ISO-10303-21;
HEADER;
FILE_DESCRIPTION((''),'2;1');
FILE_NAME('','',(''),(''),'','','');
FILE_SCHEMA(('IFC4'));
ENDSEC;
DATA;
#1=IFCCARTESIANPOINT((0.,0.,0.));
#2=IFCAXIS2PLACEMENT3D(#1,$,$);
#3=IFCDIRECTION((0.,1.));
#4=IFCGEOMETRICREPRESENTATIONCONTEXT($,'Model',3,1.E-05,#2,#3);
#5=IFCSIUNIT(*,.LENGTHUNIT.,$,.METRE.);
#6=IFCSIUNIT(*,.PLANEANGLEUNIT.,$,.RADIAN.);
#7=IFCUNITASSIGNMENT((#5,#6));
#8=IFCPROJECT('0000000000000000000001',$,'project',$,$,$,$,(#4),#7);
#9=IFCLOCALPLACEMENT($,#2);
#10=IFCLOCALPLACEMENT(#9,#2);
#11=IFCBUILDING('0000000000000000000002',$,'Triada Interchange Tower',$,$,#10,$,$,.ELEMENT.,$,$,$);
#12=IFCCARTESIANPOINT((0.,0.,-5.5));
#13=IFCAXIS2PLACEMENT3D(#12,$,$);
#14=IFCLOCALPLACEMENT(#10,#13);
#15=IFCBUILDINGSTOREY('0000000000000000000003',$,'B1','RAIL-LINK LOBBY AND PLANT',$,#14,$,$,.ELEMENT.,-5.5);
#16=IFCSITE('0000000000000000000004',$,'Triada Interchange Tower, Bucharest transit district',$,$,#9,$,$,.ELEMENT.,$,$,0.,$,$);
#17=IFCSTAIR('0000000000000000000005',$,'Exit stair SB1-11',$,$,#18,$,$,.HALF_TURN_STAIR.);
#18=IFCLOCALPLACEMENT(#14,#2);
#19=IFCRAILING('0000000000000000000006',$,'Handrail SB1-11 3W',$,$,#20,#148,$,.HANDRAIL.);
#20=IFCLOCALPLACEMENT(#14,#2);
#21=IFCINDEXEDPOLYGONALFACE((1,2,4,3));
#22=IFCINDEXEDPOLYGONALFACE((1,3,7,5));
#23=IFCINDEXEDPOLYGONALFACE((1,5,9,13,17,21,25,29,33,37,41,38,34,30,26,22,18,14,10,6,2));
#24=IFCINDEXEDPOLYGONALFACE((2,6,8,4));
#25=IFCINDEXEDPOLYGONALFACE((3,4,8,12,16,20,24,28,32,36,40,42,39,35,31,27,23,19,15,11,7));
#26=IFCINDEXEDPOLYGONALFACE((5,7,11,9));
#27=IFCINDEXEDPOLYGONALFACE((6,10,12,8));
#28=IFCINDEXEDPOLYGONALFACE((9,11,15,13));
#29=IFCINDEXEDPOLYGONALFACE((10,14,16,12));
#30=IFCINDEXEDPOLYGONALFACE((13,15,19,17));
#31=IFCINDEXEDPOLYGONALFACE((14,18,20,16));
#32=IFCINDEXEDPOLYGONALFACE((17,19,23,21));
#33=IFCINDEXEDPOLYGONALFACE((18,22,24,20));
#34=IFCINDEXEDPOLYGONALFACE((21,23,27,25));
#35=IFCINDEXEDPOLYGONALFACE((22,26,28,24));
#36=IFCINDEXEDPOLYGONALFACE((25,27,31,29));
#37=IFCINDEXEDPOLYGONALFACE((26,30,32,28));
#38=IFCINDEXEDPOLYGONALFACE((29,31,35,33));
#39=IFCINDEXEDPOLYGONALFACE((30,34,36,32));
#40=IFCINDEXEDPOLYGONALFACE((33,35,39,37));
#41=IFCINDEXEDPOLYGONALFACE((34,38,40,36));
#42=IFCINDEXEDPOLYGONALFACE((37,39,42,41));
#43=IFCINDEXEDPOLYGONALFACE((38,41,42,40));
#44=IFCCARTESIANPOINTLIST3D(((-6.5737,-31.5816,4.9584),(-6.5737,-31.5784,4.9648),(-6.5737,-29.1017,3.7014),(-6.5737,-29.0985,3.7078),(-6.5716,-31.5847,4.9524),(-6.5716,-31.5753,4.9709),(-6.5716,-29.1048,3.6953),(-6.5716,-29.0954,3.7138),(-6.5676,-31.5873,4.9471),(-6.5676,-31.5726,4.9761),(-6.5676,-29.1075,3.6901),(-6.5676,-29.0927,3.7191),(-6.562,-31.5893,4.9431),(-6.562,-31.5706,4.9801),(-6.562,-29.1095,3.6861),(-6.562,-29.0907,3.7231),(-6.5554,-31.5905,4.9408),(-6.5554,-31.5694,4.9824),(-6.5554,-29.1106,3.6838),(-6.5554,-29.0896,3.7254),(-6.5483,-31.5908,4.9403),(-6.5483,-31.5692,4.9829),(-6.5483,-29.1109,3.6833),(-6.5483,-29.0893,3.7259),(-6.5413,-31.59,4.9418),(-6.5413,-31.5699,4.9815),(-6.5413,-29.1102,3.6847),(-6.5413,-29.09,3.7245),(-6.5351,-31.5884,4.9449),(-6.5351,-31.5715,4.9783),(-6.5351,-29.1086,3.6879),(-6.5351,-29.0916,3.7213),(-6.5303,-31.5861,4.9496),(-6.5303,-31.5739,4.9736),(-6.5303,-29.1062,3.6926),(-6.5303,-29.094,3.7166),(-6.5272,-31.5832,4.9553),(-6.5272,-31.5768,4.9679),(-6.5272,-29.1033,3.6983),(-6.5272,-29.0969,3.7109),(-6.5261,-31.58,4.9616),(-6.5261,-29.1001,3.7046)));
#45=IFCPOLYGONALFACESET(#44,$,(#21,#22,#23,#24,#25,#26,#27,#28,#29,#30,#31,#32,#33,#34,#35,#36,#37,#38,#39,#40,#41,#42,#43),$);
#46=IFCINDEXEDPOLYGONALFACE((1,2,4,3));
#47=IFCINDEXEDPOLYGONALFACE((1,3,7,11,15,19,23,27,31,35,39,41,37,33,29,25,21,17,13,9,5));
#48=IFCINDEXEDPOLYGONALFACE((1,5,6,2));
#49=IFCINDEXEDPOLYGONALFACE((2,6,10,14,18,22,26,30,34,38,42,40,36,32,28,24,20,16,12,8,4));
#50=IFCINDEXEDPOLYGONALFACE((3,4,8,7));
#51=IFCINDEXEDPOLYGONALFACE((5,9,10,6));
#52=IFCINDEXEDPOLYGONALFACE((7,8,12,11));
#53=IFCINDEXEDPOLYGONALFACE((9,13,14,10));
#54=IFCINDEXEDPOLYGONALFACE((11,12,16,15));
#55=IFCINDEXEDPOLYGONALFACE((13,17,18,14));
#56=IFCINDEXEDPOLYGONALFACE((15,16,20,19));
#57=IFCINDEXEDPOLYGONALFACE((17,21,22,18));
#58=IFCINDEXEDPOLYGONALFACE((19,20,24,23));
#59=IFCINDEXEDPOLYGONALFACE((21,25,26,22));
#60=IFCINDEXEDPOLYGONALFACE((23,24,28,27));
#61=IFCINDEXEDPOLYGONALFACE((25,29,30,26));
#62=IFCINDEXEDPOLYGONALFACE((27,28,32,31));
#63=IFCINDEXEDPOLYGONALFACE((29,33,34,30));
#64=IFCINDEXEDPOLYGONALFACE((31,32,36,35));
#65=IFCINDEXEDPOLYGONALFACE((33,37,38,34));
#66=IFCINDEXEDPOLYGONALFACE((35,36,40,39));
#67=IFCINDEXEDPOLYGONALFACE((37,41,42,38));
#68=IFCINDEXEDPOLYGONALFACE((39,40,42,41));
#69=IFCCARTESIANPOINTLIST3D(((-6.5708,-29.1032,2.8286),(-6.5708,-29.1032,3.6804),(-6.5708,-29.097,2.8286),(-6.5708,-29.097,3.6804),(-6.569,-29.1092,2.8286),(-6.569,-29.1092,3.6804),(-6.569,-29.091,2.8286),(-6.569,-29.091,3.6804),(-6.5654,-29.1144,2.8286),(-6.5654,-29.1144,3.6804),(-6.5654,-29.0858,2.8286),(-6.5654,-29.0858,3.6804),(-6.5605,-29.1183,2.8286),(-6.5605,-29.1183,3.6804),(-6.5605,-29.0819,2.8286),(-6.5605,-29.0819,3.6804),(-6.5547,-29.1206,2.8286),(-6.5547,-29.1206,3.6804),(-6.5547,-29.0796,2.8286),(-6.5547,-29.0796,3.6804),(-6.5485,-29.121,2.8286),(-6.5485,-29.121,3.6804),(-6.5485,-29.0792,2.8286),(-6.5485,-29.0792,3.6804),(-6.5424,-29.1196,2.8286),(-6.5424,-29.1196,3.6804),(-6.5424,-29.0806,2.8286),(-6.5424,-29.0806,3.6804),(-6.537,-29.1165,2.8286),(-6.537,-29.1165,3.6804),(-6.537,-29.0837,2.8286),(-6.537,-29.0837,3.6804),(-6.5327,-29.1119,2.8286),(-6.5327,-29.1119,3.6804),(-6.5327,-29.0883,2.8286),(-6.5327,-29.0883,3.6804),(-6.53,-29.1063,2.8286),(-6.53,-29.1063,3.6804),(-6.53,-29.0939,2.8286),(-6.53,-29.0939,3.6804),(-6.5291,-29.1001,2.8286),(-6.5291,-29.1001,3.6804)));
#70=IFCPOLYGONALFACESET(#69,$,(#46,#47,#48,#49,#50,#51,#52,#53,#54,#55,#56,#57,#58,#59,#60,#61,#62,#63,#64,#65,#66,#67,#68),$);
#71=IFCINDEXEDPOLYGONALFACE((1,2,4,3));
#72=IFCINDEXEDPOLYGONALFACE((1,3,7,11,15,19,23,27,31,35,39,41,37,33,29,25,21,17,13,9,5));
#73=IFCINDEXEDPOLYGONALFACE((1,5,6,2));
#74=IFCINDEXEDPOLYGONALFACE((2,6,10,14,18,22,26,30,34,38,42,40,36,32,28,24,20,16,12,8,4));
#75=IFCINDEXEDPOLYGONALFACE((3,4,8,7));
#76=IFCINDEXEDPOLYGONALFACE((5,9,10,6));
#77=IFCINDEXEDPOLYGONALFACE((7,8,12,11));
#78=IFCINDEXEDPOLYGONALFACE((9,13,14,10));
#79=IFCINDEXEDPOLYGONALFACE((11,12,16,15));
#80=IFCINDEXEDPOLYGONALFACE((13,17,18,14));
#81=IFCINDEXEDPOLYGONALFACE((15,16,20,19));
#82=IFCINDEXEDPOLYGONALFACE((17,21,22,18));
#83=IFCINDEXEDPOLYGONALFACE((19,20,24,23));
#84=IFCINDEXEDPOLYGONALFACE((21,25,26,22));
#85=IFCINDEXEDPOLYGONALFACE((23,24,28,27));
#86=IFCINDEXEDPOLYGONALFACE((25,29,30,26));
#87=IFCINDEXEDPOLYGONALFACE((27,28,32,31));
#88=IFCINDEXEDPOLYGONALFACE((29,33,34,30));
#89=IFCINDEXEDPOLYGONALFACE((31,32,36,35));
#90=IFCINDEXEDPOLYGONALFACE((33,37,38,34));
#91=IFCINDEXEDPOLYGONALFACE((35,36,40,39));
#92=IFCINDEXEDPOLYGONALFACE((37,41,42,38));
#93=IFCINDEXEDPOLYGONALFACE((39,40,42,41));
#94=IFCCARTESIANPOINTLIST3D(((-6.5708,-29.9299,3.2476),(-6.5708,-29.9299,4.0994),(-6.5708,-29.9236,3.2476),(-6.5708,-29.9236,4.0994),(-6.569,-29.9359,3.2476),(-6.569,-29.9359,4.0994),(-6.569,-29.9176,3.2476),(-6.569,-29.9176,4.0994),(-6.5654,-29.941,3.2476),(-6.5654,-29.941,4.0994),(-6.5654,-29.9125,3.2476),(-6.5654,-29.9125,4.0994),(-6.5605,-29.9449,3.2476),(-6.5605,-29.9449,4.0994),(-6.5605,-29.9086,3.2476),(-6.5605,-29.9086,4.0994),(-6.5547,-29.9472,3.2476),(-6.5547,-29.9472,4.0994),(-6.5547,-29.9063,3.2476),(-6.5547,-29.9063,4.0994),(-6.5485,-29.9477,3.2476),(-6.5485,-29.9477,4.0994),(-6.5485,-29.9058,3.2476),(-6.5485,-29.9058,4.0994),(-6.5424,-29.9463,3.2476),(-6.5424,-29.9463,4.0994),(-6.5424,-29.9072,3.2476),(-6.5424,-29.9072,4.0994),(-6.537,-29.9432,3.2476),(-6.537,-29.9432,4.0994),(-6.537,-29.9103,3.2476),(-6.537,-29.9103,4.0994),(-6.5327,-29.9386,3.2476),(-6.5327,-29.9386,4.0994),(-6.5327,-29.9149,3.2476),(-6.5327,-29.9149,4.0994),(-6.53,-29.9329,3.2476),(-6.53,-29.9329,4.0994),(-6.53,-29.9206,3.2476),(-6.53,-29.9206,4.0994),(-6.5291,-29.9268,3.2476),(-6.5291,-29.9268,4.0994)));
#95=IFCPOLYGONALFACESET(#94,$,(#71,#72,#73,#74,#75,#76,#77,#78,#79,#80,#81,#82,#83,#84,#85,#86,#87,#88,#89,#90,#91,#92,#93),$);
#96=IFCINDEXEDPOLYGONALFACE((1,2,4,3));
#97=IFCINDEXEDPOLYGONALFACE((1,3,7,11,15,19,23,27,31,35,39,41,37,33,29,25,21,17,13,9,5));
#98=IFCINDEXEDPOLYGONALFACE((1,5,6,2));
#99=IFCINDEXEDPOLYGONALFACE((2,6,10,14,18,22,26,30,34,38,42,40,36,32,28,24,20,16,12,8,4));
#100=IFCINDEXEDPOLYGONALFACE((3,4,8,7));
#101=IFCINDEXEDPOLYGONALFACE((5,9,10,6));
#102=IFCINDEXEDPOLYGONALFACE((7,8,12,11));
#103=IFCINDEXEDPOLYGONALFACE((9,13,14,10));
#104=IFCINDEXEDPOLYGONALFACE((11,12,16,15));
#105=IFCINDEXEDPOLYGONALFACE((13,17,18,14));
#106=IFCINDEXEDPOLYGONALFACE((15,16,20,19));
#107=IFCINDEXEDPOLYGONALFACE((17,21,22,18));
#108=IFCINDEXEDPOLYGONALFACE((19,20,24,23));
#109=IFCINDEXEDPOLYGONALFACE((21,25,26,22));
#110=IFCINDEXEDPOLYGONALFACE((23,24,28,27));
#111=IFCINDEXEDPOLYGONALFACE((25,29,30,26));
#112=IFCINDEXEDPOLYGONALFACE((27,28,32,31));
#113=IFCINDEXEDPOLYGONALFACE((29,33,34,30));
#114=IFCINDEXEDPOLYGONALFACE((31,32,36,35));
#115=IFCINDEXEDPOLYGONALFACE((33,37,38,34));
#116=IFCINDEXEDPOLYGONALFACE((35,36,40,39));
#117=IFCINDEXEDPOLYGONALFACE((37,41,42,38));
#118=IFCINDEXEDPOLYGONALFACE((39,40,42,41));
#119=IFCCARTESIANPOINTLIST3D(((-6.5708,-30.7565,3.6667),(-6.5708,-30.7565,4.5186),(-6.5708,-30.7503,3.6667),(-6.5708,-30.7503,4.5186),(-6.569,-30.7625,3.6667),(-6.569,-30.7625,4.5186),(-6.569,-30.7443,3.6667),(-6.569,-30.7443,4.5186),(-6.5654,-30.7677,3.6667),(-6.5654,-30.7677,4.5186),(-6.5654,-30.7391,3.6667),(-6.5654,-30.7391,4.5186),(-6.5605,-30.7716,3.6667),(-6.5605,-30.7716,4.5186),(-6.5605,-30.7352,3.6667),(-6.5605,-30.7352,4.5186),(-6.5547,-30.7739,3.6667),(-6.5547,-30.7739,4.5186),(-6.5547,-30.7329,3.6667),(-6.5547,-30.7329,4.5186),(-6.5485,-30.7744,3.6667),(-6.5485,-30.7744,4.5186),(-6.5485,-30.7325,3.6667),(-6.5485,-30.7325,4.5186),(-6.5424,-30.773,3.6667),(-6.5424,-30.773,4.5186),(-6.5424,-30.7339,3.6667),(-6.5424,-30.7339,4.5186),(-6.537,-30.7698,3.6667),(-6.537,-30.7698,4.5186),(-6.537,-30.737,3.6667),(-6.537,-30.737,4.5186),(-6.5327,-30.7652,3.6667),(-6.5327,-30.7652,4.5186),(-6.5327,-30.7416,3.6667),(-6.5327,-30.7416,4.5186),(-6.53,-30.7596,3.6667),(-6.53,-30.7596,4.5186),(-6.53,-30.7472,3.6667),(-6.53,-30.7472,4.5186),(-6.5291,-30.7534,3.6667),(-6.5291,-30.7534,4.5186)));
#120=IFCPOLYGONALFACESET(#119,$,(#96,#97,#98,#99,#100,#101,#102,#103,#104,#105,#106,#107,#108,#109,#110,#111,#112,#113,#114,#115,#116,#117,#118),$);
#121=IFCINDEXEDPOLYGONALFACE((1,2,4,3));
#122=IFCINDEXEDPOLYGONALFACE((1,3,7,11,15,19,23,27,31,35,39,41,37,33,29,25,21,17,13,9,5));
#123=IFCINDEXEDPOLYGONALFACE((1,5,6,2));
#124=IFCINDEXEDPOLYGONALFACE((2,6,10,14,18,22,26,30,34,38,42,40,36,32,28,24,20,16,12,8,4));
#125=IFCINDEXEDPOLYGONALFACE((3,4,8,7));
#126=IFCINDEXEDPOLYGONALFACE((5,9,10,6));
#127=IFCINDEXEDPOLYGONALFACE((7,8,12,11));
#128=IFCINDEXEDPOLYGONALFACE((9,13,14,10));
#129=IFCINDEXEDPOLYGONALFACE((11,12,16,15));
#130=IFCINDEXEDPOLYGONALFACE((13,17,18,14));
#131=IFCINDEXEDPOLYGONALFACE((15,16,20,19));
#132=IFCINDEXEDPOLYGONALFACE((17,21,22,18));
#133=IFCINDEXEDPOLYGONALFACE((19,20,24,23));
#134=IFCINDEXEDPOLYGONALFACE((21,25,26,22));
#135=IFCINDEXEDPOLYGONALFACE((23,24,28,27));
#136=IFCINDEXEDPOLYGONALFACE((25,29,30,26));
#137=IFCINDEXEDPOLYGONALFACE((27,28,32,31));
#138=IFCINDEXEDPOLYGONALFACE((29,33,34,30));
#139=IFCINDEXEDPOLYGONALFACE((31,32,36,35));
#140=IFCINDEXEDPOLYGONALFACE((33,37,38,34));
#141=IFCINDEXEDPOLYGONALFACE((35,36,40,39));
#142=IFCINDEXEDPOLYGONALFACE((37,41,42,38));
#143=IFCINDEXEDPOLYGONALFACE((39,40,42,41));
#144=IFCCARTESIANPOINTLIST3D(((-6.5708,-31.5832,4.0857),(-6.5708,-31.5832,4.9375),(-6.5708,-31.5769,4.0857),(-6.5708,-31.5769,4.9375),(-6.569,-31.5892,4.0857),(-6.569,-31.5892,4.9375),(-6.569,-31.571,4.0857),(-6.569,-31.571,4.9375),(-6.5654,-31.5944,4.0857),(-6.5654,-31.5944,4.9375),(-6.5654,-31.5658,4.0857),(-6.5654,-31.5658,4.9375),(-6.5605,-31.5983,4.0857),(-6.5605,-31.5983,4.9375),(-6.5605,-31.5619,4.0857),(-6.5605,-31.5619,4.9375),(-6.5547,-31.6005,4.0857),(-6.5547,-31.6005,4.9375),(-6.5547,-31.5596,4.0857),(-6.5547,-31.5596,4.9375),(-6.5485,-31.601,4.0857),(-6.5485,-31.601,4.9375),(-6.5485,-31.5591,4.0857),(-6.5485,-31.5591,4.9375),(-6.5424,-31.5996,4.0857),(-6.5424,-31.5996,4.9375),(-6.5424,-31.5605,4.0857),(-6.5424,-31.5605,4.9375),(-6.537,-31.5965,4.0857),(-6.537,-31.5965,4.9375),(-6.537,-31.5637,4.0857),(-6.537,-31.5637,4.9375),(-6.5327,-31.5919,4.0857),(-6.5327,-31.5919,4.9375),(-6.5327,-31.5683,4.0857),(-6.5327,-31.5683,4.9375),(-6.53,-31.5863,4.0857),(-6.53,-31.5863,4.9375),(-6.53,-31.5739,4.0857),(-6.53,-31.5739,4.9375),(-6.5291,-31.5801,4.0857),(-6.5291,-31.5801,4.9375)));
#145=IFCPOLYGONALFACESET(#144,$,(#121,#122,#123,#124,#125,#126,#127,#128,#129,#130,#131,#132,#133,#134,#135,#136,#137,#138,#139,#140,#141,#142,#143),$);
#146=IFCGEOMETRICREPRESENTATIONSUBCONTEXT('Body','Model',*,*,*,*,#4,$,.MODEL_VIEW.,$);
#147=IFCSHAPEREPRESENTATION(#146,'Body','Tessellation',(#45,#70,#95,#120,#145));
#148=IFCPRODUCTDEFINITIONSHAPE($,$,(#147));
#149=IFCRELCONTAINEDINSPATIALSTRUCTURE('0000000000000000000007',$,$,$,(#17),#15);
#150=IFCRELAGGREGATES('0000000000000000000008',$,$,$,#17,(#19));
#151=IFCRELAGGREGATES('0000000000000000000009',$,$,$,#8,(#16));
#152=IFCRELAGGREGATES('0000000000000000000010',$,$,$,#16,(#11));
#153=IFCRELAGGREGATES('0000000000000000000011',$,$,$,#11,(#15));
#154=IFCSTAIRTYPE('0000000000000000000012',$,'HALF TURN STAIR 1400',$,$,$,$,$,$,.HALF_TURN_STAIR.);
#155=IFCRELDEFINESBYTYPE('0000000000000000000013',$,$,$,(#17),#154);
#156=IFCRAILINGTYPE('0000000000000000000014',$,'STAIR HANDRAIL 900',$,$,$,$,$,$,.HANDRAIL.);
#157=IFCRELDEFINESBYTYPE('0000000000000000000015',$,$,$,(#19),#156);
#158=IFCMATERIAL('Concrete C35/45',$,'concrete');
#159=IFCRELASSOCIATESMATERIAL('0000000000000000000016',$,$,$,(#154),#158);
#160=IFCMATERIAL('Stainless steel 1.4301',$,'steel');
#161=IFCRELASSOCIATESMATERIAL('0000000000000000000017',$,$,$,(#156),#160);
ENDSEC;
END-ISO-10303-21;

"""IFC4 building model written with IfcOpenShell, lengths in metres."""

from ifc_helpers import new_model, si_unit, direction, frame, origin, origin_2d, place, context, subcontext, project, spatial, circle, extrude, material, type_object, element, aggregate, save


model = new_model("IFC4")

# Units and contexts
model_context = context("Model", 3, precision=1e-05, world=origin(), true_north=direction((0.0, 1.0)))
body_context = subcontext(model_context, "Body", "Model", "MODEL_VIEW")
ifc_project = project(units=[si_unit("LENGTHUNIT", "METRE"), si_unit("PLANEANGLEUNIT", "RADIAN")], contexts=[model_context])

# Site, building, storey
site_placement = place(None, origin())
site = spatial("IfcSite", under=ifc_project, at=site_placement, Name="Triada Interchange Tower, Bucharest transit district", CompositionType="ELEMENT", RefElevation=0.0)
building_placement = place(site_placement, origin())
building = spatial("IfcBuilding", under=site, at=building_placement, Name="Triada Interchange Tower", CompositionType="ELEMENT")
storey_placement = place(building_placement, frame((0.0, 0.0, -5.5)))
storey = spatial("IfcBuildingStorey", under=building, at=storey_placement, Name="B1", Description="RAIL-LINK LOBBY AND PLANT", CompositionType="ELEMENT", Elevation=-5.5)

# Shared definitions
ifc_material_1 = material(Name="Concrete C35/45", Category="concrete")

# Stair, railing
stair_type = type_object("IfcStairType", Name="HALF TURN STAIR 1400", PredefinedType="HALF_TURN_STAIR", material=ifc_material_1)
stair_placement = place(storey_placement, origin())
stair = element("IfcStair", 1, at=stair_placement, inside=storey, type_object=stair_type, Name="Exit stair SB1-11", PredefinedType="HALF_TURN_STAIR")
ifc_material_2 = material(Name="Stainless steel 1.4301", Category="steel")
railing_type_1 = type_object("IfcRailingType", Name="STAIR HANDRAIL 900", PredefinedType="HANDRAIL", material=ifc_material_2)
railing_1_placement = place(storey_placement, frame((-6.55, -29.1001, 2.8286)))
railing_1 = element("IfcRailing", 2, at=railing_1_placement, type_object=railing_type_1, Name="Handrail SB1-11 3W", PredefinedType="HANDRAIL", context=body_context, shape_type="SweptSolid", body=[
    extrude(circle(Radius=0.0239, at=origin_2d()), frame((0.0, 0.0, 0.876), z_axis=(0.0, -0.891955, 0.452124), x_axis=(1.0, 0.0, 0.0)), (0.0, 0.0, 1.0), 2.7803),
    extrude(circle(Radius=0.021, at=origin_2d()), origin(), (0.0, 0.0, 1.0), 0.8518),
    extrude(circle(Radius=0.021, at=origin_2d()), frame((0.0, -0.8267, 0.4189)), (0.0, 0.0, 1.0), 0.8518),
    extrude(circle(Radius=0.021, at=origin_2d()), frame((0.0, -1.6533, 0.8381)), (0.0, 0.0, 1.0), 0.8518),
    extrude(circle(Radius=0.021, at=origin_2d()), frame((0.0, -2.48, 1.2571)), (0.0, 0.0, 1.0), 0.8518),
])
aggregate(stair, [railing_1])

save(model, "model.ifc")
